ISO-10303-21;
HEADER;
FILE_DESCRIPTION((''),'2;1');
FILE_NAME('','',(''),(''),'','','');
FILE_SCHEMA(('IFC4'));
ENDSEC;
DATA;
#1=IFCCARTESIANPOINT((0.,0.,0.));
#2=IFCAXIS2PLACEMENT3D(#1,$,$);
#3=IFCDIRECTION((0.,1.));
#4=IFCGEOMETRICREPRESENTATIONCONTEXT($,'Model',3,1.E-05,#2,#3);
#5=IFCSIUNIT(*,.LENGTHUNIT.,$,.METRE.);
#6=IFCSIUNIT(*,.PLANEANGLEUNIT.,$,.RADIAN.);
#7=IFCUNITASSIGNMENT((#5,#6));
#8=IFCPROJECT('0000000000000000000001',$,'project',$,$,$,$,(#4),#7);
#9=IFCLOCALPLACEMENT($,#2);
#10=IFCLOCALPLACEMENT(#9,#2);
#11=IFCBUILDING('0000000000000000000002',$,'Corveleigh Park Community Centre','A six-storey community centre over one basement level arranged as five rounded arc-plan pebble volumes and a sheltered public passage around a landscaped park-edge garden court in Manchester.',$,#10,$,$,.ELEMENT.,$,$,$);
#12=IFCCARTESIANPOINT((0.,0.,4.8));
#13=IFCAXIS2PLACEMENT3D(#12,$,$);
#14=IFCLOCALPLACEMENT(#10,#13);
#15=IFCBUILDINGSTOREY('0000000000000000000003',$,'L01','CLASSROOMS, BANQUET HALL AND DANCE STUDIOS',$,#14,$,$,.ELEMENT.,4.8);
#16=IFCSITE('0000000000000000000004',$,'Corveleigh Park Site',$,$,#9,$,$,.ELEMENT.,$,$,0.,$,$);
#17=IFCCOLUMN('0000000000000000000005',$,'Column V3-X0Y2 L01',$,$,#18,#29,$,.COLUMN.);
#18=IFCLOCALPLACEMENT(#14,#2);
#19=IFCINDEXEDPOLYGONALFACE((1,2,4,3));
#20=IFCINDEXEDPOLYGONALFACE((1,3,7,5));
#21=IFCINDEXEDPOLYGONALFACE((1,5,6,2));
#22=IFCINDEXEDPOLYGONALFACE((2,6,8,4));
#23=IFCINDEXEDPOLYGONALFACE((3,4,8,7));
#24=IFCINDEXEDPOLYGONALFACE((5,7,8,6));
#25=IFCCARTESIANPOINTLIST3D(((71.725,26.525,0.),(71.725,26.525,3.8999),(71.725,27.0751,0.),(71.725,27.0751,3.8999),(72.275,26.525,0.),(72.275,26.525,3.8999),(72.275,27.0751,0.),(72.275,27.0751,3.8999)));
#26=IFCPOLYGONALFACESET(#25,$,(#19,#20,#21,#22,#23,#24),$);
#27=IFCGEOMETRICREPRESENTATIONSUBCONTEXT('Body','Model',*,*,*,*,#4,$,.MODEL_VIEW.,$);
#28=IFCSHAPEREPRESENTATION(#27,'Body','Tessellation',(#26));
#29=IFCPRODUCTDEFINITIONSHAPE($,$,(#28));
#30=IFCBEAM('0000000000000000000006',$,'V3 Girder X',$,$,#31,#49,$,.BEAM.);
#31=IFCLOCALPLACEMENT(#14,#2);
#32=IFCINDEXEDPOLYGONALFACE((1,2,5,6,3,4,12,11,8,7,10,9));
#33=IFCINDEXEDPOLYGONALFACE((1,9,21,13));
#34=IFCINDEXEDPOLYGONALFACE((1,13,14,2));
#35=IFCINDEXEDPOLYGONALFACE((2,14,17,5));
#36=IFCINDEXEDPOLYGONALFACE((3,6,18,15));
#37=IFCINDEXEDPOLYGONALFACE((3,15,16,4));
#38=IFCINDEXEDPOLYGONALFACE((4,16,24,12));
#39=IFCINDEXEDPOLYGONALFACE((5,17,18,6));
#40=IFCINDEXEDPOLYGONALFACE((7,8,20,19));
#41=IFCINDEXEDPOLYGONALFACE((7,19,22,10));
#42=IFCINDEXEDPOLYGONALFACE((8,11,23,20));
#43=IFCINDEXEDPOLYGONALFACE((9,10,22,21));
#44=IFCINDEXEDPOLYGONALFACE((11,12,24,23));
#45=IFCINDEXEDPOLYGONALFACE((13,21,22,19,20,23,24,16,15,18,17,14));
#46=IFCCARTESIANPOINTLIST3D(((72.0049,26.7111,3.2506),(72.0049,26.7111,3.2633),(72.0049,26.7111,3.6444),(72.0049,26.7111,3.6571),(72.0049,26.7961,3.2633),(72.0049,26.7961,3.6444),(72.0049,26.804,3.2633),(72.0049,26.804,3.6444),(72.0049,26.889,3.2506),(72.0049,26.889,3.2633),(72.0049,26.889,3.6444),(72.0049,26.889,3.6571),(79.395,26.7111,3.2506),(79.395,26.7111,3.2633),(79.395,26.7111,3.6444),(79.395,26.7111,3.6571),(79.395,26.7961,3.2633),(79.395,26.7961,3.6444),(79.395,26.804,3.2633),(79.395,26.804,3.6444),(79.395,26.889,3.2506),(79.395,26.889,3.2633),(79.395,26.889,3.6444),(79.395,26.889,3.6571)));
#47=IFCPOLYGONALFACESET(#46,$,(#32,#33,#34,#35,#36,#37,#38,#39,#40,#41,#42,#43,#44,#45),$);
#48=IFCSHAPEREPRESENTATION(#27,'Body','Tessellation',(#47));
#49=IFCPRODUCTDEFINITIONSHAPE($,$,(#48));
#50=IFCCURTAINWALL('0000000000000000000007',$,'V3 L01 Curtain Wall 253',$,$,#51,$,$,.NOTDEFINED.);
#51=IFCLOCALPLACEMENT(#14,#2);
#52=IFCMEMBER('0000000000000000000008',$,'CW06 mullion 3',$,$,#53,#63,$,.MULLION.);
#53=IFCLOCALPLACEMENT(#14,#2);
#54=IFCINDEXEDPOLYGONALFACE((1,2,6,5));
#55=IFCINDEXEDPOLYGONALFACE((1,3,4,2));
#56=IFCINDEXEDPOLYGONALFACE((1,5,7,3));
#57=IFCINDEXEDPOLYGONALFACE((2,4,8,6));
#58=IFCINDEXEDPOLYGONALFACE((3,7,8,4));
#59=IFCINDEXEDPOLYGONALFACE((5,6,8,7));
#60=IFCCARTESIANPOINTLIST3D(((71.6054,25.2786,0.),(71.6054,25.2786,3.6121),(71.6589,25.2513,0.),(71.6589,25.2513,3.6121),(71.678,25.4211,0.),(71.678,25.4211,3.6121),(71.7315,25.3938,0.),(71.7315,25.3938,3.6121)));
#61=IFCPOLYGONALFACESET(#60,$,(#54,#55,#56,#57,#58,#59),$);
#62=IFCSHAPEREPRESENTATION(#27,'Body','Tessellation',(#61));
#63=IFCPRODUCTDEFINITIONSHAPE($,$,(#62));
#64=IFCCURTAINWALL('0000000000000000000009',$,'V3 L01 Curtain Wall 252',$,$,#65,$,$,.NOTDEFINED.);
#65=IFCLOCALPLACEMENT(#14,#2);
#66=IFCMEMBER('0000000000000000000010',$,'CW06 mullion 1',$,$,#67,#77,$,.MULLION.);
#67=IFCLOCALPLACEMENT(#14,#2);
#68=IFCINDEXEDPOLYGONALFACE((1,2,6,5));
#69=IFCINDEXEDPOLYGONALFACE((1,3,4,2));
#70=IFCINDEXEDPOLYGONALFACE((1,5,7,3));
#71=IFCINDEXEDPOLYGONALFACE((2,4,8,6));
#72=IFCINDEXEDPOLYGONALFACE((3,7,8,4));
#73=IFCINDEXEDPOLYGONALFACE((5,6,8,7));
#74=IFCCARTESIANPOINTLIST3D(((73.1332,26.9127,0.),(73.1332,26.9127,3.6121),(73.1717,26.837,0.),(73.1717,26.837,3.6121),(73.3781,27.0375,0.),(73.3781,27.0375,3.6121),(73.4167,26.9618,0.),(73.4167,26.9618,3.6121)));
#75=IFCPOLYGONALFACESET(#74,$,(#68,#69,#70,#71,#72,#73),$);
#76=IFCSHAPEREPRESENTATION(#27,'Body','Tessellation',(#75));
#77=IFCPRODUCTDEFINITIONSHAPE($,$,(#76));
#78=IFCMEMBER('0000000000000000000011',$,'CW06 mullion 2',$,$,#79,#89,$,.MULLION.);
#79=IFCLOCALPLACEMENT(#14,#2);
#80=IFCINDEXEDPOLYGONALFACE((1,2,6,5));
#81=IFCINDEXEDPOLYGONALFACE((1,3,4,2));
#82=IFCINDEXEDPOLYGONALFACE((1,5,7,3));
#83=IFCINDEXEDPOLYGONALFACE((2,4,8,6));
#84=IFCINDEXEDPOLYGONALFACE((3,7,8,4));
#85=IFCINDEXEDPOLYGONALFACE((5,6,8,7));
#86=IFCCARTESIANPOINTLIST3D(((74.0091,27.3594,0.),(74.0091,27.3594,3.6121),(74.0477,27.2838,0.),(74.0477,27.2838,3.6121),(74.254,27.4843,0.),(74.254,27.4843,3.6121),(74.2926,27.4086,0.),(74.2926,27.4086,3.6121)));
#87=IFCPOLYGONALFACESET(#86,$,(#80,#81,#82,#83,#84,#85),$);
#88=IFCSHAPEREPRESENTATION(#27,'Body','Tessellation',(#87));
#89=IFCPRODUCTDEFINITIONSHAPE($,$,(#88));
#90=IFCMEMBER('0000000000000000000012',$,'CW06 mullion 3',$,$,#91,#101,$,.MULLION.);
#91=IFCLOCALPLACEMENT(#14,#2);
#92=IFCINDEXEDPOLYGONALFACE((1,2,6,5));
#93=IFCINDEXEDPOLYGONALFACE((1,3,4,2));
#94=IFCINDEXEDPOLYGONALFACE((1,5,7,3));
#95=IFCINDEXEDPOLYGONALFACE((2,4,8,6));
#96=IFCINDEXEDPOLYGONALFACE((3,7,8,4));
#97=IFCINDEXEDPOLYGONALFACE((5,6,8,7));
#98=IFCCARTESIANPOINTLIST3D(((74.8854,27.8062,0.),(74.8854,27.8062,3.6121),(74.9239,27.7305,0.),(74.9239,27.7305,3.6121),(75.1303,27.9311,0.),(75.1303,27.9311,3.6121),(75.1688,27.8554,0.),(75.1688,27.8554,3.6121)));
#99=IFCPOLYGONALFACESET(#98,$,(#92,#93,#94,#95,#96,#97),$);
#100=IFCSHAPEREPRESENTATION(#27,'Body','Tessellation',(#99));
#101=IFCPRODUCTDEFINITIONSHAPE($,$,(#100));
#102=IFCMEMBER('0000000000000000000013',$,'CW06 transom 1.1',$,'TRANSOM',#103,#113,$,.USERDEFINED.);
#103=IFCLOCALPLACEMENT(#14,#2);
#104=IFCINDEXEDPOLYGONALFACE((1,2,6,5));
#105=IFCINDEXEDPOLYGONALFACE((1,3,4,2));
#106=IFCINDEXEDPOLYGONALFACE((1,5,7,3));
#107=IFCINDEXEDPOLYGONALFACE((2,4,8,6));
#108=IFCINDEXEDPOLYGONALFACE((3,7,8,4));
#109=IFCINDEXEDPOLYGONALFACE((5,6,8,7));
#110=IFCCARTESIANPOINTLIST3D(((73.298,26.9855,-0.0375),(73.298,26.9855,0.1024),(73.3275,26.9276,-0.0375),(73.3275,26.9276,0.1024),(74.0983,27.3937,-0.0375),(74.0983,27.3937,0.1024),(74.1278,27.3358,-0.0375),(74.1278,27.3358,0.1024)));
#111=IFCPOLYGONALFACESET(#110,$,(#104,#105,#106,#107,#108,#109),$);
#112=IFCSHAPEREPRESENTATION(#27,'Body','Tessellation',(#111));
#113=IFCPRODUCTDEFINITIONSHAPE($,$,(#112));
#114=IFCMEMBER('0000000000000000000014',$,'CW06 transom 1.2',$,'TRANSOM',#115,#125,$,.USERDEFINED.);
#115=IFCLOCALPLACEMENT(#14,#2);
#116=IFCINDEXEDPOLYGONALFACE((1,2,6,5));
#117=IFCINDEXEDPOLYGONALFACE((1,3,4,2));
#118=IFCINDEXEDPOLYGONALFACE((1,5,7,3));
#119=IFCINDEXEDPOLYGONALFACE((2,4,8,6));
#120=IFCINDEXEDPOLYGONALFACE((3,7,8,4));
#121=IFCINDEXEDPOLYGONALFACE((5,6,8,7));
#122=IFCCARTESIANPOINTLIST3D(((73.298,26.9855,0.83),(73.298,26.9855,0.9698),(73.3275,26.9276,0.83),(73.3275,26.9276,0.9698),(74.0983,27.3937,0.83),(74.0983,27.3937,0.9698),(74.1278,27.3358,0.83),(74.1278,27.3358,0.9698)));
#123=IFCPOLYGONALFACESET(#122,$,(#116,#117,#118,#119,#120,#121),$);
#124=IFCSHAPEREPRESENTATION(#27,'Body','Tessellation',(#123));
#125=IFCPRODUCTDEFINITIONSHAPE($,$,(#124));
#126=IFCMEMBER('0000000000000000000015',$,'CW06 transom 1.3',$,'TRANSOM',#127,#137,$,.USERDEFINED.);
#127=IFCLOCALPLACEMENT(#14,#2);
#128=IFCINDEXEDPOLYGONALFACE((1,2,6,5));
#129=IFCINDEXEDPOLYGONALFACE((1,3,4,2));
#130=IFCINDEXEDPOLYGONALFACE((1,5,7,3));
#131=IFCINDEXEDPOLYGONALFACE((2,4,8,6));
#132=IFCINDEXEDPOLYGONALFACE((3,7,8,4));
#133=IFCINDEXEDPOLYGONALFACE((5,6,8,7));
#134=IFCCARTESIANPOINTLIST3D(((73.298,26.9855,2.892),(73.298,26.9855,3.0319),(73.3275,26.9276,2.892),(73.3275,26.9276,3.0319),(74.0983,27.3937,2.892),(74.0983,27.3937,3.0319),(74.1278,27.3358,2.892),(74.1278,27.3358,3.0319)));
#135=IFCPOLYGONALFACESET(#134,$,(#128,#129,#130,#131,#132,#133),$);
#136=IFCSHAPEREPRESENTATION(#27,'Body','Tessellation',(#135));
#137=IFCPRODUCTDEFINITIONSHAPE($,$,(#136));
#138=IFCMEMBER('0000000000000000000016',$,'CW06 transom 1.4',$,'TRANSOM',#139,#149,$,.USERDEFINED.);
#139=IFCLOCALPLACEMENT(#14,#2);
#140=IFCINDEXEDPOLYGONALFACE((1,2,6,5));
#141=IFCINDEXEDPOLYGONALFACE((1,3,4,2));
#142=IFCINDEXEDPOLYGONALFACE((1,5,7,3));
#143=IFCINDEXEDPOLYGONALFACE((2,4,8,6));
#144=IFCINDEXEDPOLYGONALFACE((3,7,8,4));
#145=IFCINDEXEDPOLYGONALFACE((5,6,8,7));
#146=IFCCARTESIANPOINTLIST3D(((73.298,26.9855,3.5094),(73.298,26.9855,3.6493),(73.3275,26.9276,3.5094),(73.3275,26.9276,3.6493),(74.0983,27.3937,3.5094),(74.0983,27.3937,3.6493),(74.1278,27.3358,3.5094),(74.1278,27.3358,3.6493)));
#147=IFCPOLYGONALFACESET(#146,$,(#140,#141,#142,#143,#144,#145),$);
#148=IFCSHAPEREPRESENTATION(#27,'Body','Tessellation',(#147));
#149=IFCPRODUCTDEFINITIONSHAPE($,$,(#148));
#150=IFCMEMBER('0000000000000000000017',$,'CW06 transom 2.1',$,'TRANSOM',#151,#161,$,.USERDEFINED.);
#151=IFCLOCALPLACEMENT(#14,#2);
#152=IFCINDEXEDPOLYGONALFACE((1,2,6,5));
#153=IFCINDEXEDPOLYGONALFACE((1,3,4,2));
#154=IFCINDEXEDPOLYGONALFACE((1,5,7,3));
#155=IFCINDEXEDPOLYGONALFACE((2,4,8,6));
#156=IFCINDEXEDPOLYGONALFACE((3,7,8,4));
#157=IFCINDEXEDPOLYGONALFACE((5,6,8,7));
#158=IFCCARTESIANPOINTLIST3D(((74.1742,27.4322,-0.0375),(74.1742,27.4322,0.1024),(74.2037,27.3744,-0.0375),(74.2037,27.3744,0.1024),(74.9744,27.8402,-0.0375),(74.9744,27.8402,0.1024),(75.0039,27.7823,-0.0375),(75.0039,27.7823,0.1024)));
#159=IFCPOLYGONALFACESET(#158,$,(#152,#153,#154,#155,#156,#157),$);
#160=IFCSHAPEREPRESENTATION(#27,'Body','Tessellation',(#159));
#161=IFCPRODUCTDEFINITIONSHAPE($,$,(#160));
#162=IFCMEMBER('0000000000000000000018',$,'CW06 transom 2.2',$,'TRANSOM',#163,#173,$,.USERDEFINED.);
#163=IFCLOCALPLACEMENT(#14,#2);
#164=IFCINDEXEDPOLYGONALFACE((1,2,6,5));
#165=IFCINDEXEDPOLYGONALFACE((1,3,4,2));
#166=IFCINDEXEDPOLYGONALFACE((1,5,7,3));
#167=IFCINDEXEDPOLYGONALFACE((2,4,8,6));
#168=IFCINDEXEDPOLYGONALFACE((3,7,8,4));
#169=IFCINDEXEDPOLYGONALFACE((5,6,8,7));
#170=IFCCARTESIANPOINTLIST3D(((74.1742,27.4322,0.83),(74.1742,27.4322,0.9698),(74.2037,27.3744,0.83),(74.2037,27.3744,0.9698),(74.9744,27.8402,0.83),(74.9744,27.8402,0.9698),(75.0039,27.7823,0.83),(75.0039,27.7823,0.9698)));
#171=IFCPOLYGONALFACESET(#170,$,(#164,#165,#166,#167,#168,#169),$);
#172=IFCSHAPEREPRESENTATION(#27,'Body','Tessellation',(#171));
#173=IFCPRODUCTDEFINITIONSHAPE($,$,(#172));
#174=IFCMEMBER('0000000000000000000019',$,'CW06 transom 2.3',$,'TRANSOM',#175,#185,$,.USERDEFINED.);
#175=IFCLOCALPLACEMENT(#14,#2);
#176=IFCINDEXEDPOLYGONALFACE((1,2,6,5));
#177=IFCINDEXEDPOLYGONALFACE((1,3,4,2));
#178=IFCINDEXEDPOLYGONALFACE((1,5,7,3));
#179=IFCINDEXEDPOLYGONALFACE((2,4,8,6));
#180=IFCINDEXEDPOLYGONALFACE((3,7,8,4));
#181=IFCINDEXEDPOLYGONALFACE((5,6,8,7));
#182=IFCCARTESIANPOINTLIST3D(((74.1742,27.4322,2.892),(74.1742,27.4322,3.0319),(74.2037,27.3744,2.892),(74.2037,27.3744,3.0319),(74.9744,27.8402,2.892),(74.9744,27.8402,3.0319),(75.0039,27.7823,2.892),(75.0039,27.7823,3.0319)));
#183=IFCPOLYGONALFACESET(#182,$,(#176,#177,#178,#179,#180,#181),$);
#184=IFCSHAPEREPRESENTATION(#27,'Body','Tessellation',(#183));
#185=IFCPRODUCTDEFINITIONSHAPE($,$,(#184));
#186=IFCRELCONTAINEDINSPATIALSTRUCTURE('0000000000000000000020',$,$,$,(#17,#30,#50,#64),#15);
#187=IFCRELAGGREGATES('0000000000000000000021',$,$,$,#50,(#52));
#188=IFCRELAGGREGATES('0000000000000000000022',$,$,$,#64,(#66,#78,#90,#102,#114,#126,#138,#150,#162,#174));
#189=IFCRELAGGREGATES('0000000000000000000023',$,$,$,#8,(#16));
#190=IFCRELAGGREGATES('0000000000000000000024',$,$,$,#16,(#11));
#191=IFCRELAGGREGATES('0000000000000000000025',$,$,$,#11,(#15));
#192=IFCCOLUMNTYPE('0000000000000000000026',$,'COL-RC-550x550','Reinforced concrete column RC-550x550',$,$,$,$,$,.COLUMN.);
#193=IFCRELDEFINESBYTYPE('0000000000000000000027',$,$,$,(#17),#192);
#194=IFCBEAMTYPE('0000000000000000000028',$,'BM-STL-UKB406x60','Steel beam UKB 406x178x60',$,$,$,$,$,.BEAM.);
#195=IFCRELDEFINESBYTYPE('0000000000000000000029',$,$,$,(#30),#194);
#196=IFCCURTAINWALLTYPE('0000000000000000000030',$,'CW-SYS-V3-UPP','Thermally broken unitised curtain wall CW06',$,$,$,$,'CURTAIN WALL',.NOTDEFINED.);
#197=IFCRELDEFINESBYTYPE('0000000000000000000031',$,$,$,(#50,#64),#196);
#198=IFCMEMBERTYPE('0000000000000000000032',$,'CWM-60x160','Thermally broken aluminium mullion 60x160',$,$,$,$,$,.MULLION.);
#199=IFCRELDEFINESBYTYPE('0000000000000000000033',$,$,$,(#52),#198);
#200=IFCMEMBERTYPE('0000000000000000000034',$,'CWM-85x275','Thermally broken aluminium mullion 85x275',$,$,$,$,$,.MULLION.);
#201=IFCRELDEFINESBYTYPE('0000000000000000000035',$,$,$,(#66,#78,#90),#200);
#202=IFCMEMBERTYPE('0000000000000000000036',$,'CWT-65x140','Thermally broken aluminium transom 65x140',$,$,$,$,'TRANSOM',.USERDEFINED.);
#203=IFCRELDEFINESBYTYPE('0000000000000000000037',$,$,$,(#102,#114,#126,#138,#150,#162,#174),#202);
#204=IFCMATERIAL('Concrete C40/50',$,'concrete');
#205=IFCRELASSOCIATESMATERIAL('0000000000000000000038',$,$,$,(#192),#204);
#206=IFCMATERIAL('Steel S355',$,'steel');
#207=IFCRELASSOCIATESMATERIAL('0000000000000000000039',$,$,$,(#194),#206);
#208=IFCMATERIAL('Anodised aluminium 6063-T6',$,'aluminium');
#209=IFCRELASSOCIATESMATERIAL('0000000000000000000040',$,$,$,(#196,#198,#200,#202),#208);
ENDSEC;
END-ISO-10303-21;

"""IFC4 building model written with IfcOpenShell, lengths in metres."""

from ifc_helpers import new_model, si_unit, direction, frame, origin, origin_2d, place, context, subcontext, project, spatial, rectangle, i_section, extrude, material, material_profile, profile_set, type_object, element, aggregate, save


model = new_model("IFC4")

# Units and contexts
model_context = context("Model", 3, precision=1e-05, world=origin(), true_north=direction((0.0, 1.0)))
body_context = subcontext(model_context, "Body", "Model", "MODEL_VIEW")
ifc_project = project(units=[si_unit("LENGTHUNIT", "METRE"), si_unit("PLANEANGLEUNIT", "RADIAN")], contexts=[model_context])

# Site, building, storey
site_placement = place(None, origin())
site = spatial("IfcSite", under=ifc_project, at=site_placement, Name="Corveleigh Park Site", CompositionType="ELEMENT", RefElevation=0.0)
building_placement = place(site_placement, origin())
building = spatial("IfcBuilding", under=site, at=building_placement, Name="Corveleigh Park Community Centre", Description="A six-storey community centre over one basement level arranged as five rounded arc-plan pebble volumes and a sheltered public passage around a landscaped park-edge garden court in Manchester.", CompositionType="ELEMENT")
storey_placement = place(building_placement, frame((0.0, 0.0, 4.8)))
storey = spatial("IfcBuildingStorey", under=building, at=storey_placement, Name="L01", Description="CLASSROOMS, BANQUET HALL AND DANCE STUDIOS", CompositionType="ELEMENT", Elevation=4.8)

# Column
ifc_material_1 = material(Name="Concrete C40/50", Category="concrete")
ifc_material_profile_1 = material_profile(ifc_material_1, rectangle(XDim=0.55, YDim=0.55, at=origin_2d()), Name="RC-550x550", Category="concrete")
ifc_profile_set_1 = profile_set([ifc_material_profile_1], Name="Concrete C40/50")
column_type = type_object("IfcColumnType", Name="COL-RC-550x550", Description="Reinforced concrete column RC-550x550", PredefinedType="COLUMN", material=ifc_profile_set_1)
column_placement = place(storey_placement, frame((72.0, 26.8, 0.0), z_axis=(0.0, 0.0, 1.0), x_axis=(1.0, 0.0, 0.0)))
element("IfcColumn", 1, at=column_placement, inside=storey, type_object=column_type, Name="Column V3-X0Y2 L01", PredefinedType="COLUMN", context=body_context, shape_type="SweptSolid", body=[
    extrude(rectangle(XDim=0.55, YDim=0.55, at=origin_2d()), origin(), (0.0, 0.0, 1.0), 3.8999),
])

# Beam
ifc_material_2 = material(Name="Steel S355", Category="steel")
ifc_material_profile_2 = material_profile(ifc_material_2, i_section(OverallWidth=0.178, OverallDepth=0.4065, WebThickness=0.0078, FlangeThickness=0.0127, at=origin_2d()), Name="UKB 406x178x60", Category="steel")
ifc_profile_set_2 = profile_set([ifc_material_profile_2], Name="Steel S355")
beam_type = type_object("IfcBeamType", Name="BM-STL-UKB406x60", Description="Steel beam UKB 406x178x60", PredefinedType="BEAM", material=ifc_profile_set_2)
beam_placement = place(storey_placement, frame((72.0049, 26.8, 3.4539), z_axis=(1.0, 0.0, 0.0), x_axis=(0.0, 1.0, 0.0)))
element("IfcBeam", 2, at=beam_placement, inside=storey, type_object=beam_type, Name="V3 Girder X", PredefinedType="BEAM", context=body_context, shape_type="SweptSolid", body=[
    extrude(i_section(OverallWidth=0.178, OverallDepth=0.4065, WebThickness=0.0078, FlangeThickness=0.0127, at=origin_2d()), origin(), (0.0, 0.0, 1.0), 7.3901),
])

# Curtain wall, member
ifc_material_3 = material(Name="Anodised aluminium 6063-T6", Category="aluminium")
curtain_wall_type_1 = type_object("IfcCurtainWallType", Name="CW-SYS-V3-UPP", Description="Thermally broken unitised curtain wall CW06", ElementType="CURTAIN WALL", PredefinedType="NOTDEFINED", material=ifc_material_3)
curtain_wall_1_placement = place(storey_placement, origin())
curtain_wall_1 = element("IfcCurtainWall", 3, at=curtain_wall_1_placement, inside=storey, type_object=curtain_wall_type_1, Name="V3 L01 Curtain Wall 253", PredefinedType="NOTDEFINED")
ifc_material_profile_3 = material_profile(ifc_material_3, rectangle(XDim=0.0601, YDim=0.1599, at=origin_2d()), Name="ALU-M60x160", Category="aluminium")
ifc_profile_set_3 = profile_set([ifc_material_profile_3], Name="Anodised aluminium 6063-T6")
member_type_1 = type_object("IfcMemberType", Name="CWM-60x160", Description="Thermally broken aluminium mullion 60x160", PredefinedType="MULLION", material=ifc_profile_set_3)
member_1_placement = place(storey_placement, frame((71.6685, 25.3362, 0.0), z_axis=(0.0, 0.0, 1.0), x_axis=(-0.890891, 0.454218, 0.0)))
member_1 = element("IfcMember", 4, at=member_1_placement, type_object=member_type_1, Name="CW06 mullion 3", PredefinedType="MULLION", context=body_context, shape_type="SweptSolid", body=[
    extrude(rectangle(XDim=0.0601, YDim=0.1599, at=origin_2d()), origin(), (0.0, 0.0, 1.0), 3.6121),
])

# Curtain wall, members
curtain_wall_2_placement = place(storey_placement, origin())
curtain_wall_2 = element("IfcCurtainWall", 5, at=curtain_wall_2_placement, inside=storey, type_object=curtain_wall_type_1, Name="V3 L01 Curtain Wall 252", PredefinedType="NOTDEFINED")
ifc_material_profile_4 = material_profile(ifc_material_3, rectangle(XDim=0.085, YDim=0.2749, at=origin_2d()), Name="ALU-M85x275", Category="aluminium")
ifc_profile_set_4 = profile_set([ifc_material_profile_4], Name="Anodised aluminium 6063-T6")
member_type_2 = type_object("IfcMemberType", Name="CWM-85x275", Description="Thermally broken aluminium mullion 85x275", PredefinedType="MULLION", material=ifc_profile_set_4)
member_2_placement = place(storey_placement, frame((73.2749, 26.9373, 0.0), z_axis=(0.0, 0.0, 1.0), x_axis=(-0.454218, 0.890891, 0.0)))
member_2 = element("IfcMember", 6, at=member_2_placement, type_object=member_type_2, Name="CW06 mullion 1", PredefinedType="MULLION", context=body_context, shape_type="SweptSolid", body=[
    extrude(rectangle(XDim=0.085, YDim=0.2749, at=origin_2d()), origin(), (0.0, 0.0, 1.0), 3.6121),
])
member_3_placement = place(storey_placement, frame((74.1509, 27.384, 0.0), z_axis=(0.0, 0.0, 1.0), x_axis=(-0.454218, 0.890891, 0.0)))
member_3 = element("IfcMember", 7, at=member_3_placement, type_object=member_type_2, Name="CW06 mullion 2", PredefinedType="MULLION", context=body_context, shape_type="SweptSolid", body=[
    extrude(rectangle(XDim=0.085, YDim=0.2749, at=origin_2d()), origin(), (0.0, 0.0, 1.0), 3.6121),
])
member_4_placement = place(storey_placement, frame((75.0271, 27.8308, 0.0), z_axis=(0.0, 0.0, 1.0), x_axis=(-0.454218, 0.890891, 0.0)))
member_4 = element("IfcMember", 8, at=member_4_placement, type_object=member_type_2, Name="CW06 mullion 3", PredefinedType="MULLION", context=body_context, shape_type="SweptSolid", body=[
    extrude(rectangle(XDim=0.085, YDim=0.2749, at=origin_2d()), origin(), (0.0, 0.0, 1.0), 3.6121),
])
ifc_material_profile_5 = material_profile(ifc_material_3, rectangle(XDim=0.0649, YDim=0.1399, at=origin_2d()), Name="ALU-T65x140", Category="aluminium")
ifc_profile_set_5 = profile_set([ifc_material_profile_5], Name="Anodised aluminium 6063-T6")
member_type_3 = type_object("IfcMemberType", Name="CWT-65x140", Description="Thermally broken aluminium transom 65x140", ElementType="TRANSOM", PredefinedType="USERDEFINED", material=ifc_profile_set_5)
member_5_placement = place(storey_placement, frame((73.3127, 26.9565, 0.0325), z_axis=(0.890811, 0.454374, 0.0), x_axis=(-0.454374, 0.890811, 0.0)))
member_5 = element("IfcMember", 9, at=member_5_placement, type_object=member_type_3, Name="CW06 transom 1.1", ObjectType="TRANSOM", PredefinedType="USERDEFINED", context=body_context, shape_type="SweptSolid", body=[
    extrude(rectangle(XDim=0.0649, YDim=0.1399, at=origin_2d()), origin(), (0.0, 0.0, 1.0), 0.8984),
])
member_6_placement = place(storey_placement, frame((73.3127, 26.9565, 0.8999), z_axis=(0.890811, 0.454374, 0.0), x_axis=(-0.454374, 0.890811, 0.0)))
member_6 = element("IfcMember", 10, at=member_6_placement, type_object=member_type_3, Name="CW06 transom 1.2", ObjectType="TRANSOM", PredefinedType="USERDEFINED", context=body_context, shape_type="SweptSolid", body=[
    extrude(rectangle(XDim=0.0649, YDim=0.1399, at=origin_2d()), origin(), (0.0, 0.0, 1.0), 0.8984),
])
member_7_placement = place(storey_placement, frame((73.3127, 26.9565, 2.9619), z_axis=(0.890811, 0.454374, 0.0), x_axis=(-0.454374, 0.890811, 0.0)))
member_7 = element("IfcMember", 11, at=member_7_placement, type_object=member_type_3, Name="CW06 transom 1.3", ObjectType="TRANSOM", PredefinedType="USERDEFINED", context=body_context, shape_type="SweptSolid", body=[
    extrude(rectangle(XDim=0.0649, YDim=0.1399, at=origin_2d()), origin(), (0.0, 0.0, 1.0), 0.8984),
])
member_8_placement = place(storey_placement, frame((73.3127, 26.9565, 3.5793), z_axis=(0.890811, 0.454374, 0.0), x_axis=(-0.454374, 0.890811, 0.0)))
member_8 = element("IfcMember", 12, at=member_8_placement, type_object=member_type_3, Name="CW06 transom 1.4", ObjectType="TRANSOM", PredefinedType="USERDEFINED", context=body_context, shape_type="SweptSolid", body=[
    extrude(rectangle(XDim=0.0649, YDim=0.1399, at=origin_2d()), origin(), (0.0, 0.0, 1.0), 0.8984),
])
member_9_placement = place(storey_placement, frame((74.189, 27.4033, 0.0325), z_axis=(0.890921, 0.454158, 0.0), x_axis=(-0.454158, 0.890921, 0.0)))
member_9 = element("IfcMember", 13, at=member_9_placement, type_object=member_type_3, Name="CW06 transom 2.1", ObjectType="TRANSOM", PredefinedType="USERDEFINED", context=body_context, shape_type="SweptSolid", body=[
    extrude(rectangle(XDim=0.0649, YDim=0.1399, at=origin_2d()), origin(), (0.0, 0.0, 1.0), 0.8982),
])
member_10_placement = place(storey_placement, frame((74.189, 27.4033, 0.8999), z_axis=(0.890921, 0.454158, 0.0), x_axis=(-0.454158, 0.890921, 0.0)))
member_10 = element("IfcMember", 14, at=member_10_placement, type_object=member_type_3, Name="CW06 transom 2.2", ObjectType="TRANSOM", PredefinedType="USERDEFINED", context=body_context, shape_type="SweptSolid", body=[
    extrude(rectangle(XDim=0.0649, YDim=0.1399, at=origin_2d()), origin(), (0.0, 0.0, 1.0), 0.8982),
])
member_11_placement = place(storey_placement, frame((74.189, 27.4033, 2.9619), z_axis=(0.890921, 0.454158, 0.0), x_axis=(-0.454158, 0.890921, 0.0)))
member_11 = element("IfcMember", 15, at=member_11_placement, type_object=member_type_3, Name="CW06 transom 2.3", ObjectType="TRANSOM", PredefinedType="USERDEFINED", context=body_context, shape_type="SweptSolid", body=[
    extrude(rectangle(XDim=0.0649, YDim=0.1399, at=origin_2d()), origin(), (0.0, 0.0, 1.0), 0.8982),
])

aggregate(curtain_wall_1, [member_1])
aggregate(curtain_wall_2, [member_2, member_3, member_4, member_5, member_6, member_7, member_8, member_9, member_10, member_11])

save(model, "model.ifc")
